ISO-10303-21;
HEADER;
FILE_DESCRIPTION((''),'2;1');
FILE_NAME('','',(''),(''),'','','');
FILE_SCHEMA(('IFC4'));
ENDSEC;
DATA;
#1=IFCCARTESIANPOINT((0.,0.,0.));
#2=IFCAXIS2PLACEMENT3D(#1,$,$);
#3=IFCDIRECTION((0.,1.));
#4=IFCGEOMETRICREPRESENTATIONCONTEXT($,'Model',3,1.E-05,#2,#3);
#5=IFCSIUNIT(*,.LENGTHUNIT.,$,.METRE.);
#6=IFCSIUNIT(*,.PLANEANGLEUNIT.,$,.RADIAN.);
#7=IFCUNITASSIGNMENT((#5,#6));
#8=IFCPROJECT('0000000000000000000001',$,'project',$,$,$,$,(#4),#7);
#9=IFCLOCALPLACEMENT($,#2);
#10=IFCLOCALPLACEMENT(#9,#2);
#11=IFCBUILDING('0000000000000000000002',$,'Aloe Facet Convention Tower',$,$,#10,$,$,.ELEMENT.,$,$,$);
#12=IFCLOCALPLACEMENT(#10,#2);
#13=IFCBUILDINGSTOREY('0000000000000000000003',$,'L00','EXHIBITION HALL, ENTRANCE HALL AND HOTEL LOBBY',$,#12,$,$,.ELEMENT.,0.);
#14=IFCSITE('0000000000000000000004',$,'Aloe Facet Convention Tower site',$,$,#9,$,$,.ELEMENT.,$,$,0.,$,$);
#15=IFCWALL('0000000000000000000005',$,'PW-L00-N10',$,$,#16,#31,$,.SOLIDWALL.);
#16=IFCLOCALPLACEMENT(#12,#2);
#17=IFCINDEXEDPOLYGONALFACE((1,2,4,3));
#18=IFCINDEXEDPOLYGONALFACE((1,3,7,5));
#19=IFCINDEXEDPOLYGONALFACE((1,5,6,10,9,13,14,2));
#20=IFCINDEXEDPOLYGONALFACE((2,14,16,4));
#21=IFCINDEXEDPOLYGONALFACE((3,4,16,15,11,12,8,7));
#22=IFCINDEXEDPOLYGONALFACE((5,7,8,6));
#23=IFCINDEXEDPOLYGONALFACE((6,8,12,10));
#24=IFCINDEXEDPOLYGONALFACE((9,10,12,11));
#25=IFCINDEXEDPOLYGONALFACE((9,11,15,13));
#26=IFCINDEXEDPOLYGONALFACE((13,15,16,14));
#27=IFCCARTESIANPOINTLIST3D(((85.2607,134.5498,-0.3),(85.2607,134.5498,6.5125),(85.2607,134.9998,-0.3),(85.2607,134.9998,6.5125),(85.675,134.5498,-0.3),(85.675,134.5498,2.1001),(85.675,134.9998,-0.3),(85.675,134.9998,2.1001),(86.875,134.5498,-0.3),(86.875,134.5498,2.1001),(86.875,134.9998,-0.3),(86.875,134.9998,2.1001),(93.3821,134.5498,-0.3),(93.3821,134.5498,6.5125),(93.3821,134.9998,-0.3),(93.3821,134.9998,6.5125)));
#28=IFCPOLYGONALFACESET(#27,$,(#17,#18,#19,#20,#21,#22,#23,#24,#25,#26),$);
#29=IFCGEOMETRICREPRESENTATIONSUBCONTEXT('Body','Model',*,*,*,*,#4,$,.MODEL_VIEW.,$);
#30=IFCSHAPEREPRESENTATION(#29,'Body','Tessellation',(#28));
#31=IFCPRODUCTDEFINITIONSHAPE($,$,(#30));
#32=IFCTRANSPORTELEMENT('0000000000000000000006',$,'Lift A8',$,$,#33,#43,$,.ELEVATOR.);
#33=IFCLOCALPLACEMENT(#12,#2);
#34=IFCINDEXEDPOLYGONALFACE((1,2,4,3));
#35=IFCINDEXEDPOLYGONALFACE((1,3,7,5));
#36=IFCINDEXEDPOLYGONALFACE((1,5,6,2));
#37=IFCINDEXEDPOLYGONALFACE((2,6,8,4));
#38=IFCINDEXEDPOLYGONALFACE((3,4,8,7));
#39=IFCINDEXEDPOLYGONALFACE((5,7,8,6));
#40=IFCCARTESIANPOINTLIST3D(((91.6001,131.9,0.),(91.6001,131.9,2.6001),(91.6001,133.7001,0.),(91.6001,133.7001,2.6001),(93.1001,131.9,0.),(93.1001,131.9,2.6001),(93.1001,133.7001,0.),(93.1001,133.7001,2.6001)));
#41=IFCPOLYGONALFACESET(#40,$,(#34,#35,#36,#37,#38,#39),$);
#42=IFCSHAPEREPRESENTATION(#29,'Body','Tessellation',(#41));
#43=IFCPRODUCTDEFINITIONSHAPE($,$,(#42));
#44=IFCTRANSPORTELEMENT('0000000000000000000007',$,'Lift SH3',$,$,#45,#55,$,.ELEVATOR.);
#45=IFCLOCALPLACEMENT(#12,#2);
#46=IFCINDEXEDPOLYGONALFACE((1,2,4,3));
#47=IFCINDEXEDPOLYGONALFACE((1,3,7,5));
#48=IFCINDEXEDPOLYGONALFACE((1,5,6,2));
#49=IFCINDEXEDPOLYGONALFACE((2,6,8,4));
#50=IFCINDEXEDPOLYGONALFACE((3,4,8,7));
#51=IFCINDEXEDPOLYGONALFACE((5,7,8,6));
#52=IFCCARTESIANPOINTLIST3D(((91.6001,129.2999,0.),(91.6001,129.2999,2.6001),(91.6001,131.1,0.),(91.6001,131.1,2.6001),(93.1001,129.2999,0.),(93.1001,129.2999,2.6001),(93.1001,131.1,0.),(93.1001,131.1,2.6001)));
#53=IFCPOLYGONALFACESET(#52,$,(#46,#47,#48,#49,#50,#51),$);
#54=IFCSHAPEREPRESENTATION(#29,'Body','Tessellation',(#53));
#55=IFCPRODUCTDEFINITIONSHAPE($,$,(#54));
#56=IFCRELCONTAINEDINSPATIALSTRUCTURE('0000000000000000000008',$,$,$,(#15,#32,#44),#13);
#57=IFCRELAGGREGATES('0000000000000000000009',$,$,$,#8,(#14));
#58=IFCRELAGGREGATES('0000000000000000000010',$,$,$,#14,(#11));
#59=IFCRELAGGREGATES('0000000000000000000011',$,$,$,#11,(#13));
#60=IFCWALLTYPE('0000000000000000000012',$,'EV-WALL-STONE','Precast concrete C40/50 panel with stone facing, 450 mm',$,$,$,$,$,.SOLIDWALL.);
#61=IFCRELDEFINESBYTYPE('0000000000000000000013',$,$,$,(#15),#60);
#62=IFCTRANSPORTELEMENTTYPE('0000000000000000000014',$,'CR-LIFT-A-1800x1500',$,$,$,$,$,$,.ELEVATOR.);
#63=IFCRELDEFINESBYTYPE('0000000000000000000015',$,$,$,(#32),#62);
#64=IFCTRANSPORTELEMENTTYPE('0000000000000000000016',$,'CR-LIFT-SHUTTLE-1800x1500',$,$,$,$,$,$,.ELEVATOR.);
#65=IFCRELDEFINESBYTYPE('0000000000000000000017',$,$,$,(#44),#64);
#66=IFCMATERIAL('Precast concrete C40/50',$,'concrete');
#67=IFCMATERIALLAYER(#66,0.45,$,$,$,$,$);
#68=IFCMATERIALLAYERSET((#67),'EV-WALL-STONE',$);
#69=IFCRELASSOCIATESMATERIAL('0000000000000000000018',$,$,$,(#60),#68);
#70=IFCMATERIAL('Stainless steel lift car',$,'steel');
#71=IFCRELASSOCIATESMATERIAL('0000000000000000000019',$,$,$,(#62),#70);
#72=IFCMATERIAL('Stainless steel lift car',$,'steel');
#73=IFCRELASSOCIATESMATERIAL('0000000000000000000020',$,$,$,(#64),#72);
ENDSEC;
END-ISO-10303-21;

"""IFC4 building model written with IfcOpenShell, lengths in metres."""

from ifc_helpers import new_model, si_unit, direction, frame, origin, origin_2d, place, context, subcontext, project, spatial, polyline, rectangle, outline, extrude, material, layer, layer_set, type_object, element, save


model = new_model("IFC4")

# Units and contexts
model_context = context("Model", 3, precision=1e-05, world=origin(), true_north=direction((0.0, 1.0)))
body_context = subcontext(model_context, "Body", "Model", "MODEL_VIEW")
ifc_project = project(units=[si_unit("LENGTHUNIT", "METRE"), si_unit("PLANEANGLEUNIT", "RADIAN")], contexts=[model_context])

# Site, building, storey
site_placement = place(None, origin())
site = spatial("IfcSite", under=ifc_project, at=site_placement, Name="Aloe Facet Convention Tower site", CompositionType="ELEMENT", RefElevation=0.0)
building_placement = place(site_placement, origin())
building = spatial("IfcBuilding", under=site, at=building_placement, Name="Aloe Facet Convention Tower", CompositionType="ELEMENT")
storey_placement = place(building_placement, origin())
storey = spatial("IfcBuildingStorey", under=building, at=storey_placement, Name="L00", Description="EXHIBITION HALL, ENTRANCE HALL AND HOTEL LOBBY", CompositionType="ELEMENT", Elevation=0.0)

# Wall
ifc_material_1 = material(Name="Precast concrete C40/50", Category="concrete")
ifc_layer_1 = layer(ifc_material_1, 0.45)
ifc_layer_set_1 = layer_set([ifc_layer_1], Name="EV-WALL-STONE")
wall_type_1 = type_object("IfcWallType", Name="EV-WALL-STONE", Description="Precast concrete C40/50 panel with stone facing, 450 mm", PredefinedType="SOLIDWALL", material=ifc_layer_set_1)
wall_1_placement = place(storey_placement, frame((93.3821, 134.7749, -0.3), z_axis=(0.0, 0.0, 1.0), x_axis=(-1.0, 0.0, 0.0)))
element("IfcWall", 1, at=wall_1_placement, inside=storey, type_object=wall_type_1, Name="PW-L00-N10", PredefinedType="SOLIDWALL", context=body_context, shape_type="SweptSolid", body=[
    extrude(outline(polyline([(0.0, 0.0), (6.5071, 0.0), (6.5071, 2.4001), (7.707, 2.4001), (7.707, 0.0), (8.1213, 0.0), (8.1213, 6.8125), (0.0, 6.8125), (0.0, 0.0)])), frame((0.0, 0.2251, 0.0), z_axis=(0.0, -1.0, 0.0), x_axis=(1.0, 0.0, 0.0)), (0.0, 0.0, 1.0), 0.45),
])

# Transport elements
ifc_material_2 = material(Name="Stainless steel lift car", Category="steel")
transport_element_type_1 = type_object("IfcTransportElementType", Name="CR-LIFT-A-1800x1500", PredefinedType="ELEVATOR", material=ifc_material_2)
transport_element_1_placement = place(storey_placement, frame((92.3501, 132.8, 0.0), z_axis=(0.0, 0.0, 1.0), x_axis=(1.0, 0.0, 0.0)))
element("IfcTransportElement", 2, at=transport_element_1_placement, inside=storey, type_object=transport_element_type_1, Name="Lift A8", PredefinedType="ELEVATOR", context=body_context, shape_type="SweptSolid", body=[
    extrude(rectangle(XDim=1.5, YDim=1.8, at=origin_2d()), origin(), (0.0, 0.0, 1.0), 2.6001),
])
ifc_material_3 = material(Name="Stainless steel lift car", Category="steel")
transport_element_type_2 = type_object("IfcTransportElementType", Name="CR-LIFT-SHUTTLE-1800x1500", PredefinedType="ELEVATOR", material=ifc_material_3)
transport_element_2_placement = place(storey_placement, frame((92.3501, 130.2, 0.0), z_axis=(0.0, 0.0, 1.0), x_axis=(1.0, 0.0, 0.0)))
element("IfcTransportElement", 3, at=transport_element_2_placement, inside=storey, type_object=transport_element_type_2, Name="Lift SH3", PredefinedType="ELEVATOR", context=body_context, shape_type="SweptSolid", body=[
    extrude(rectangle(XDim=1.5, YDim=1.8, at=origin_2d()), origin(), (0.0, 0.0, 1.0), 2.6001),
])

save(model, "model.ifc")
